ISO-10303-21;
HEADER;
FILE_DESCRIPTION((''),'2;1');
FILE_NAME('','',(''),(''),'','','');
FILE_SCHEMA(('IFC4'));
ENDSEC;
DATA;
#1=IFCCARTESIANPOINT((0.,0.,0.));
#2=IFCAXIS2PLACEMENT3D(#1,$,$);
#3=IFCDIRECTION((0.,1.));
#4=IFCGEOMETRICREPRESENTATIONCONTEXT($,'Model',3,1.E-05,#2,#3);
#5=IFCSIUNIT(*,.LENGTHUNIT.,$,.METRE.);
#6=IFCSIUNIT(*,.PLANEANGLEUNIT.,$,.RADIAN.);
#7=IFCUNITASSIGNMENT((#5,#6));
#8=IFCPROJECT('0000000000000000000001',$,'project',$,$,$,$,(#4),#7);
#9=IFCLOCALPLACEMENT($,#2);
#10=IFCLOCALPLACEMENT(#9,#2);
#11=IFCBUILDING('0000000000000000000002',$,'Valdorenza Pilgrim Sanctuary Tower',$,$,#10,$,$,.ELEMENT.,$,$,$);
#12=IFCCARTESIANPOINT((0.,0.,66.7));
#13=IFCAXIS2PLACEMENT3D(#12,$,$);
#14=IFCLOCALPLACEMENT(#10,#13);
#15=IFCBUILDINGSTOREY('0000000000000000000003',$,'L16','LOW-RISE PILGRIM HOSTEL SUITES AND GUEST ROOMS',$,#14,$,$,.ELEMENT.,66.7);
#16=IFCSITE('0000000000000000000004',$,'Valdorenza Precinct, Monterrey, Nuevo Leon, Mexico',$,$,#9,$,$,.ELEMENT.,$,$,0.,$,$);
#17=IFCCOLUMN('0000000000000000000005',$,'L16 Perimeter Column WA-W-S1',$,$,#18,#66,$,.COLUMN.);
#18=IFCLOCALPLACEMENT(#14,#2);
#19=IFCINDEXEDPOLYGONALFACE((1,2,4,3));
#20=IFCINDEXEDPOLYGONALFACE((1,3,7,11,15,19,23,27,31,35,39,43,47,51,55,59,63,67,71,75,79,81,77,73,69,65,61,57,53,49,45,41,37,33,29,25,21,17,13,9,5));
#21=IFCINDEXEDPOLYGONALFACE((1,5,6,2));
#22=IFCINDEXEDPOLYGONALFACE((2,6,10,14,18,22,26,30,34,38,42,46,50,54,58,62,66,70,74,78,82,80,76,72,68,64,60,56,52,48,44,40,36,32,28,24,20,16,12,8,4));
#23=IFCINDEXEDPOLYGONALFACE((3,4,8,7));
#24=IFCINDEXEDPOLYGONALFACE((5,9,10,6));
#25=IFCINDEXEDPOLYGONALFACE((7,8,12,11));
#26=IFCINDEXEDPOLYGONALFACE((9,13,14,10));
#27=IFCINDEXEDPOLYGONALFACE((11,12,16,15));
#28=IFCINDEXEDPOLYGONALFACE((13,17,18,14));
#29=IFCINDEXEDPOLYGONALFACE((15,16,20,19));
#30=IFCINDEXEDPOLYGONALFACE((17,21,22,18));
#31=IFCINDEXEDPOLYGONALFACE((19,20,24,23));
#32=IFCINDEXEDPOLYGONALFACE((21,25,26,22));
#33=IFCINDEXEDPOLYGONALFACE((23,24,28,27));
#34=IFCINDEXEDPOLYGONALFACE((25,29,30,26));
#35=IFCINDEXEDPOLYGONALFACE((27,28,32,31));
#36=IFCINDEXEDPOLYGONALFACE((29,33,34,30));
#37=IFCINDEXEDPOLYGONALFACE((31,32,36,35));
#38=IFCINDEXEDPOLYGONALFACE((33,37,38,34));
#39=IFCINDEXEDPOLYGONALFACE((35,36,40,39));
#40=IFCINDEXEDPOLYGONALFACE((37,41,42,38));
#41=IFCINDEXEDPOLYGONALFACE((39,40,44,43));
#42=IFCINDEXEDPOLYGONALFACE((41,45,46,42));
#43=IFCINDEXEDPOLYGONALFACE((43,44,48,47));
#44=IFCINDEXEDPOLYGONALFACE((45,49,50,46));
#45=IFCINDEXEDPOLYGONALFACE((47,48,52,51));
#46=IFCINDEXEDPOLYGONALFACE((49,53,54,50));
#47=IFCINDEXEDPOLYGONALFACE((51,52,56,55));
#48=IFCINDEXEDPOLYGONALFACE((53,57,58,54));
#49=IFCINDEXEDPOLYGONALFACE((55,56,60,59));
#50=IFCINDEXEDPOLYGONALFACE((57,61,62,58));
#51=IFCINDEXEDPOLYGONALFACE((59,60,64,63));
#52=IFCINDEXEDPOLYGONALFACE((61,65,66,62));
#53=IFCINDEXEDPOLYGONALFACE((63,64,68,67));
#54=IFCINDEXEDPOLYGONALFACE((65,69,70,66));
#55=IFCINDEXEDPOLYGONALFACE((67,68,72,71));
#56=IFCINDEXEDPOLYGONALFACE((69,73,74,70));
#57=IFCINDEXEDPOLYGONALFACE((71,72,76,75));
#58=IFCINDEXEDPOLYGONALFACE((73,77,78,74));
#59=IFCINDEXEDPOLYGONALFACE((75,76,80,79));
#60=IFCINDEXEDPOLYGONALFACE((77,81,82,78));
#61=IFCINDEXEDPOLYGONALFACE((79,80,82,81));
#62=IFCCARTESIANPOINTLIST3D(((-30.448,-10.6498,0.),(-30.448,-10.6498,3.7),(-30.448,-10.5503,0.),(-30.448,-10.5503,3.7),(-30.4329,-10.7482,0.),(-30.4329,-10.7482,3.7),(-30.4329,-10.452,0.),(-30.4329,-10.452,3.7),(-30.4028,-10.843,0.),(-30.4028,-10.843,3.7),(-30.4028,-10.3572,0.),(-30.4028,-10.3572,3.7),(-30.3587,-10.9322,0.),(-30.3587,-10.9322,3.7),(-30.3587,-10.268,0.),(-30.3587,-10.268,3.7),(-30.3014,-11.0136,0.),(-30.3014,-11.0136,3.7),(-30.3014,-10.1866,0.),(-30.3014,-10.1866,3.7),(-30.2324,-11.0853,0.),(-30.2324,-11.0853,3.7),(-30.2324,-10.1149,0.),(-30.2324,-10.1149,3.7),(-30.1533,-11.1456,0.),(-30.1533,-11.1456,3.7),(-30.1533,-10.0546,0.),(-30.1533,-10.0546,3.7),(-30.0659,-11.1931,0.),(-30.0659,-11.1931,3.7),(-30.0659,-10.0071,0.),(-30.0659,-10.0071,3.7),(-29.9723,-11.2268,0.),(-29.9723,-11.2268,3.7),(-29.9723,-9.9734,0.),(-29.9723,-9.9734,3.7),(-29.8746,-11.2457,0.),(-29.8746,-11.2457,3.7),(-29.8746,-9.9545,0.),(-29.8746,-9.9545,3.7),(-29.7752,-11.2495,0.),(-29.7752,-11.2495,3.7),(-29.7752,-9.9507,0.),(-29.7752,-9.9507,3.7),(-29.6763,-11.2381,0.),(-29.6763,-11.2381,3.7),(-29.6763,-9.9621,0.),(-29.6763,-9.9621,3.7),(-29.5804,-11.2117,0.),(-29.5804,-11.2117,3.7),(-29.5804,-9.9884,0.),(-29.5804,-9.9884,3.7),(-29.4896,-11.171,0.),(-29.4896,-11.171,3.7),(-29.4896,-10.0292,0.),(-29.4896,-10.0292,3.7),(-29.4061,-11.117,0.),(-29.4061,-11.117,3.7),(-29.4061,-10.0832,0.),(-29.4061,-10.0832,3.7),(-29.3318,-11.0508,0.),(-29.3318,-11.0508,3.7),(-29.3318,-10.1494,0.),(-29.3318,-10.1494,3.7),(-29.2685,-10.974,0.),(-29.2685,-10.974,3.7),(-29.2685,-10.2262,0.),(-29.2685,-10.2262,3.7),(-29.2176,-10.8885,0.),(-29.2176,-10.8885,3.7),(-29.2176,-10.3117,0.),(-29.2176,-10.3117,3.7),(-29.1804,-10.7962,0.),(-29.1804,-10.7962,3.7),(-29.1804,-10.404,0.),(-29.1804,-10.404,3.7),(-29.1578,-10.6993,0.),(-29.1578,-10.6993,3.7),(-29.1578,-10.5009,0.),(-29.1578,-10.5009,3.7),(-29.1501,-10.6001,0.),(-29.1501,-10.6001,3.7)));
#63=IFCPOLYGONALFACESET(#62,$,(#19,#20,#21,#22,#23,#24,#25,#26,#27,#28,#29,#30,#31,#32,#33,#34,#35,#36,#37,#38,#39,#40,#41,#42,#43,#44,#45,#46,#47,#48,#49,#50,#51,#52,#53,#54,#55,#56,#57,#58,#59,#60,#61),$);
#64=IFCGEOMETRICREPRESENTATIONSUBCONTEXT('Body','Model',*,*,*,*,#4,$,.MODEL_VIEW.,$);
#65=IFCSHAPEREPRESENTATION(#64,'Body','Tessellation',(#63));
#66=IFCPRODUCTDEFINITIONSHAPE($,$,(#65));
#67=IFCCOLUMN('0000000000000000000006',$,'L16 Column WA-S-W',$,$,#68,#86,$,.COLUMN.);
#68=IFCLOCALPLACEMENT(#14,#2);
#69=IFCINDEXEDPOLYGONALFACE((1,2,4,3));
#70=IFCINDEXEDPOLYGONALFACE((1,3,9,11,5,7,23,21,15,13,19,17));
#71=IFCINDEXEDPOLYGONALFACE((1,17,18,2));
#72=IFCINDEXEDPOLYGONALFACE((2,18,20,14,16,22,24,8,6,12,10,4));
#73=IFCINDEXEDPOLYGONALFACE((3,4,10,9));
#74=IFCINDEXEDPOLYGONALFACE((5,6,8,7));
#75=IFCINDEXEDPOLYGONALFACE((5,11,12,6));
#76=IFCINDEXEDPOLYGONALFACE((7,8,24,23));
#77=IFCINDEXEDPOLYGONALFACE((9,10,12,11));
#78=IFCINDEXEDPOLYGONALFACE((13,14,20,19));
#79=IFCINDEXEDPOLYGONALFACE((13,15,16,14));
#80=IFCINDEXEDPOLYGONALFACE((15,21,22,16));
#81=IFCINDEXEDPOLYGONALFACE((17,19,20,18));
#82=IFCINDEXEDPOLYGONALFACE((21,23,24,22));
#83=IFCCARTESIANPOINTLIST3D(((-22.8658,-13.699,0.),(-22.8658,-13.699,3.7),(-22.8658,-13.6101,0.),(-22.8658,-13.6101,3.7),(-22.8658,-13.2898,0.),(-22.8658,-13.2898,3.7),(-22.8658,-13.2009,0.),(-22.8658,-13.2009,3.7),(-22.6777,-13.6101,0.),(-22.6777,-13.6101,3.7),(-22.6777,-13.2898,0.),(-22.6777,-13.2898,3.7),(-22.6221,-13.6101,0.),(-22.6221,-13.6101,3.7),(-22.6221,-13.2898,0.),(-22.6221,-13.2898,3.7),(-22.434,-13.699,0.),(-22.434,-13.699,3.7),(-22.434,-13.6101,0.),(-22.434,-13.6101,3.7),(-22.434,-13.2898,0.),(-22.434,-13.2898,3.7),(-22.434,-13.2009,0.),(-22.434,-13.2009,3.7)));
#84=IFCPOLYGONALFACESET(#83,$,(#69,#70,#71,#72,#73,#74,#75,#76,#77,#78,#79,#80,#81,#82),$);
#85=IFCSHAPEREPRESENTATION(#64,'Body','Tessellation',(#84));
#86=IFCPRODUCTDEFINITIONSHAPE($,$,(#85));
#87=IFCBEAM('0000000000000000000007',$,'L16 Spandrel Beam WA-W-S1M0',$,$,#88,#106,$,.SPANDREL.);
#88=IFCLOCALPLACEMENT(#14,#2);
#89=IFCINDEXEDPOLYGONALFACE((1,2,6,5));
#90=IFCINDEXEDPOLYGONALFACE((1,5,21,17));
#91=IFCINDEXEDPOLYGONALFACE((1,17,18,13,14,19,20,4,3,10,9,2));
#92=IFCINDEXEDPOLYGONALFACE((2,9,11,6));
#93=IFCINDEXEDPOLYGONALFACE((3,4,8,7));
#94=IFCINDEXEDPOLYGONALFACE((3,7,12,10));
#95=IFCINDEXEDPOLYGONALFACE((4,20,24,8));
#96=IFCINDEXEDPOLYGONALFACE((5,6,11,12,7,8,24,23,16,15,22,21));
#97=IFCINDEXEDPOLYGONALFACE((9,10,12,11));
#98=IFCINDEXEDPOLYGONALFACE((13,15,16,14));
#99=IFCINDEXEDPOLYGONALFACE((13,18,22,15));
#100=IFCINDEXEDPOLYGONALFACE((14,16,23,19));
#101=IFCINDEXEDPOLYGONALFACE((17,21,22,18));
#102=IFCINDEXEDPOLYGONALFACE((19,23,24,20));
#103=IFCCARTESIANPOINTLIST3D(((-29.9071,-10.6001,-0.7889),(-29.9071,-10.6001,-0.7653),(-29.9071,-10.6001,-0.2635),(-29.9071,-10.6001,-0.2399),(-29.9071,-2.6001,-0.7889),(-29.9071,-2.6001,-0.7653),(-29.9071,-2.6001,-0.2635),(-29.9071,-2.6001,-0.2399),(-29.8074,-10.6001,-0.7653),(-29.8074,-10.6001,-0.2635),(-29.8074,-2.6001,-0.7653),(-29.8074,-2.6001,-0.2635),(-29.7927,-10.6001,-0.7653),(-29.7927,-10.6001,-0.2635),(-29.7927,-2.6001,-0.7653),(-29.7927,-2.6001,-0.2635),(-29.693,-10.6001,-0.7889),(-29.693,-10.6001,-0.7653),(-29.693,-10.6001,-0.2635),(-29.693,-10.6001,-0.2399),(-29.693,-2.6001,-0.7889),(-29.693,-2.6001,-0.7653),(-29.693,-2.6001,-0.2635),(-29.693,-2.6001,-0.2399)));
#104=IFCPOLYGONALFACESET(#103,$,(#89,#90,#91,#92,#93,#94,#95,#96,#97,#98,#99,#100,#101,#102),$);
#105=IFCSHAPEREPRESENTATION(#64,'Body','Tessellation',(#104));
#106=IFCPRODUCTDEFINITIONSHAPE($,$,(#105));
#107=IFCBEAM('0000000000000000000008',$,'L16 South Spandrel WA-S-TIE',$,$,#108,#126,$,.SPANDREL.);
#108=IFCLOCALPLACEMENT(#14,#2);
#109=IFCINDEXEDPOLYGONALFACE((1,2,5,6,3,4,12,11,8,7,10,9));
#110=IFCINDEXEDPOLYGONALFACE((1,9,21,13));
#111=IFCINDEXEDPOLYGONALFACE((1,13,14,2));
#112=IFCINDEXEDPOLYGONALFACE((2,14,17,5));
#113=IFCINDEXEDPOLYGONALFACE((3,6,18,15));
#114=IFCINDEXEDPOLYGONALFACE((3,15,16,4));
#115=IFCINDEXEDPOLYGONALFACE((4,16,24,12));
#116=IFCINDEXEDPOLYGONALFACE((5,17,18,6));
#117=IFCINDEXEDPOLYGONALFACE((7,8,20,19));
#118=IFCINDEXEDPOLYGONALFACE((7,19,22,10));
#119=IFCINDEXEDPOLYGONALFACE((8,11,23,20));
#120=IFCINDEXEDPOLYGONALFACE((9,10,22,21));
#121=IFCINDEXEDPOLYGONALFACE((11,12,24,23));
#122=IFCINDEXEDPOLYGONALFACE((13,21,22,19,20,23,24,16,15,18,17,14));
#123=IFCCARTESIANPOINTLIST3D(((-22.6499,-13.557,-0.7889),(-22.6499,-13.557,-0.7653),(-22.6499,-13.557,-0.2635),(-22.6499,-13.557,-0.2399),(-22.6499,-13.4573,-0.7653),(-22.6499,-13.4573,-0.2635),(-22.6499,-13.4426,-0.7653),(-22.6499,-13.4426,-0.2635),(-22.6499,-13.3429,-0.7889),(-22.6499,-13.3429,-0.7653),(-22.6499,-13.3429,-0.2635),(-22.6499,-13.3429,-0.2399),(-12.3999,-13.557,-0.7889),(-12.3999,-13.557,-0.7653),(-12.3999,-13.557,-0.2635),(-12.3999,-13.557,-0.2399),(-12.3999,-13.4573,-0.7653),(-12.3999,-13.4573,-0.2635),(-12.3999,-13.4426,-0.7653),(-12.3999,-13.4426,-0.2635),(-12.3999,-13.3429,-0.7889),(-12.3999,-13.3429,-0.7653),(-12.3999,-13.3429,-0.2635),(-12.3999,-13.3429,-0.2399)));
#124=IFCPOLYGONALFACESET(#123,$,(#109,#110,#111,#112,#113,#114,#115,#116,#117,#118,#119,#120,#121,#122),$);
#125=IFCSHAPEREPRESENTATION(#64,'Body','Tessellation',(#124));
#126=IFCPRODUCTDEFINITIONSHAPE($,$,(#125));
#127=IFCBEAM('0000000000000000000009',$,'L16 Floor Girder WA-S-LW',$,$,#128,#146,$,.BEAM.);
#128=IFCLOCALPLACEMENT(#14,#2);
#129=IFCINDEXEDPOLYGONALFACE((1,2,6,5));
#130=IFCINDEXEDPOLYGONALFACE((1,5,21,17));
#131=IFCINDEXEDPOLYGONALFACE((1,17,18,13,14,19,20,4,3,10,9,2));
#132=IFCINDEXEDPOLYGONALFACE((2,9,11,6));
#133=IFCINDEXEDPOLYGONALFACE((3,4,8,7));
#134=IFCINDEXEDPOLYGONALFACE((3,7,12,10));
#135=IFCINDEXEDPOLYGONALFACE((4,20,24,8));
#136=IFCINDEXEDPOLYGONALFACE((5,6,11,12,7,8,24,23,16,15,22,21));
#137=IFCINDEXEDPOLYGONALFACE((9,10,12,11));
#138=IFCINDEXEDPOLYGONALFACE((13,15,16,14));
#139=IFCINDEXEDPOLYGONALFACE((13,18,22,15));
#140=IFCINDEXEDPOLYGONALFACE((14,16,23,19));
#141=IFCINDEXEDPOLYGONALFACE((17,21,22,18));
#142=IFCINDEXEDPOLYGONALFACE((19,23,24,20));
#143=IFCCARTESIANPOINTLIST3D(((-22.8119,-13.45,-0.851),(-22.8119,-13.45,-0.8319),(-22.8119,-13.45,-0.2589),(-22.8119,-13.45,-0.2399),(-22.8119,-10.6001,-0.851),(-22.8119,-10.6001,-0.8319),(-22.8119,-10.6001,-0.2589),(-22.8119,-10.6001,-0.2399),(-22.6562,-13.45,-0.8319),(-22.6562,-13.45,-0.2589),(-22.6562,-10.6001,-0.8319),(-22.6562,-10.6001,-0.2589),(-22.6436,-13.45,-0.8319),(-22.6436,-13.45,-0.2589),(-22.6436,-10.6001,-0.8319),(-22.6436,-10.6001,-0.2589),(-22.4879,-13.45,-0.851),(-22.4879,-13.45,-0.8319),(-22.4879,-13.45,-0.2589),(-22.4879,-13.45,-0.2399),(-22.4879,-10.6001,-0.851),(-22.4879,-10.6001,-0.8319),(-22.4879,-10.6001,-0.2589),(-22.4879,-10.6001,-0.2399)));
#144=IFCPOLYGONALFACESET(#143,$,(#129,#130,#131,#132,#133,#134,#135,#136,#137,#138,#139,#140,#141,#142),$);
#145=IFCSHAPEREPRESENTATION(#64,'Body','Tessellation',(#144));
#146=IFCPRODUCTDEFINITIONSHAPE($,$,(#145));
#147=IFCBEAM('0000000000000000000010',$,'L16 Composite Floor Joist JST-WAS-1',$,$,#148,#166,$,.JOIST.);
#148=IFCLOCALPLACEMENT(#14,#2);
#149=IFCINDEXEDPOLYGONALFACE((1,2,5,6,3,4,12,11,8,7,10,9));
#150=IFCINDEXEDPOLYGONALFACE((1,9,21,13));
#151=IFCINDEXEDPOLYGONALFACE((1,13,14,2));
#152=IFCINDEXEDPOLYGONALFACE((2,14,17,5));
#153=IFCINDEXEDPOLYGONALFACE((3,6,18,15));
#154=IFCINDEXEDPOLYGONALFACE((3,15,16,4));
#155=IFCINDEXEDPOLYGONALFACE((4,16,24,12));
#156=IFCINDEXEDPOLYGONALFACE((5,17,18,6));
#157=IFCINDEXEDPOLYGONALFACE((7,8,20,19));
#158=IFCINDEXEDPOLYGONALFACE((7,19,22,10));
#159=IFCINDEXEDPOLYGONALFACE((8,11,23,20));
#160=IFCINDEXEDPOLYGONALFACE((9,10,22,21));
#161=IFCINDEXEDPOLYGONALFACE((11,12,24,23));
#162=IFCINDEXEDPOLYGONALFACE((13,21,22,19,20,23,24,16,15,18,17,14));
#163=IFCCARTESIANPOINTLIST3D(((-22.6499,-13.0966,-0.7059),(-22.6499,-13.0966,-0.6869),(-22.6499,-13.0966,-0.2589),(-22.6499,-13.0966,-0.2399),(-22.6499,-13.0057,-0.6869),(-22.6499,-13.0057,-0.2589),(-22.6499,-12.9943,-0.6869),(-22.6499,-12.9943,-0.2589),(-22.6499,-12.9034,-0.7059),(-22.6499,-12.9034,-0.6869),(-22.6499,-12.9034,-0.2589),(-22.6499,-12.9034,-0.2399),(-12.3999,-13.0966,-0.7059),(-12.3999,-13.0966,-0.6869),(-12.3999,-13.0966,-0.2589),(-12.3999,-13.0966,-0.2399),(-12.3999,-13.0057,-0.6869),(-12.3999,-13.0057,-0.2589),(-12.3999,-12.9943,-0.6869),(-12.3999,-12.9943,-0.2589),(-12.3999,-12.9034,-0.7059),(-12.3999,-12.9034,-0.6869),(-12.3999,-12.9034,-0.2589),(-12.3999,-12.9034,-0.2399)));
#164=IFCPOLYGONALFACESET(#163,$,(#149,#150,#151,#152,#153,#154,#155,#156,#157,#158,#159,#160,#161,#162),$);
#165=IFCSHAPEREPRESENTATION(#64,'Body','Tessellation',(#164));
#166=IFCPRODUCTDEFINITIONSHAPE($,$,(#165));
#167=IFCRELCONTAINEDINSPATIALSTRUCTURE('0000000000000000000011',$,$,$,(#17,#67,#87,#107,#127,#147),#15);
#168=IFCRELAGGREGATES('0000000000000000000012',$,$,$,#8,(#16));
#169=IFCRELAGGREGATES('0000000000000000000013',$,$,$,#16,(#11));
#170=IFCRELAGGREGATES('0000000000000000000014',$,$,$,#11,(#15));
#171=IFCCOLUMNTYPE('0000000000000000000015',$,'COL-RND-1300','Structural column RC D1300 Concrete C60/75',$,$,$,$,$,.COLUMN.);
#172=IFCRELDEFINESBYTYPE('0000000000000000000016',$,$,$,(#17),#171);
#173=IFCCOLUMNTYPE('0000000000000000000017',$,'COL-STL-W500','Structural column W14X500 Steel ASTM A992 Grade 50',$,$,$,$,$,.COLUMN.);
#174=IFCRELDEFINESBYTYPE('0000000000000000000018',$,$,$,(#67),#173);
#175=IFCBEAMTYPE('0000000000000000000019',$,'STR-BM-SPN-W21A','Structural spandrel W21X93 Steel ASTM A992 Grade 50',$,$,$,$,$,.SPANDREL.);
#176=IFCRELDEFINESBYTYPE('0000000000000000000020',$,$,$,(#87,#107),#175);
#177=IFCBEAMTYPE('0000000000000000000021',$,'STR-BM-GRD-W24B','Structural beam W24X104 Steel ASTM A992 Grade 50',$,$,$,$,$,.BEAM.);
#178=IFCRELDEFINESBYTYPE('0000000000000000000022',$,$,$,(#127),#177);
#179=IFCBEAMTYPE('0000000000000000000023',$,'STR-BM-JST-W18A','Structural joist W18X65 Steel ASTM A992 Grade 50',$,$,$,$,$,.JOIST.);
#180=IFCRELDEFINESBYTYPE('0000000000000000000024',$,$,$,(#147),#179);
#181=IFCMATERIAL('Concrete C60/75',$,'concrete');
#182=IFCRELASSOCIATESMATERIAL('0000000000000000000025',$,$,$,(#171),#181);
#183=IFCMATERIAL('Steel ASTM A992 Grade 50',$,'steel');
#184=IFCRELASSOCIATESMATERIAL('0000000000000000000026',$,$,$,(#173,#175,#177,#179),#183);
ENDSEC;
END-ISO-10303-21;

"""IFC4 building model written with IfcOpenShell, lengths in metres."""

from ifc_helpers import new_model, si_unit, direction, frame, origin, origin_2d, place, context, subcontext, project, spatial, circle, i_section, extrude, source, transform, mapped, material, material_profile, profile_set, type_object, element, save


model = new_model("IFC4")

# Units and contexts
model_context = context("Model", 3, precision=1e-05, world=origin(), true_north=direction((0.0, 1.0)))
body_context = subcontext(model_context, "Body", "Model", "MODEL_VIEW")
ifc_project = project(units=[si_unit("LENGTHUNIT", "METRE"), si_unit("PLANEANGLEUNIT", "RADIAN")], contexts=[model_context])

# Site, building, storey
site_placement = place(None, origin())
site = spatial("IfcSite", under=ifc_project, at=site_placement, Name="Valdorenza Precinct, Monterrey, Nuevo Leon, Mexico", CompositionType="ELEMENT", RefElevation=0.0)
building_placement = place(site_placement, origin())
building = spatial("IfcBuilding", under=site, at=building_placement, Name="Valdorenza Pilgrim Sanctuary Tower", CompositionType="ELEMENT")
storey_placement = place(building_placement, frame((0.0, 0.0, 66.7)))
storey = spatial("IfcBuildingStorey", under=building, at=storey_placement, Name="L16", Description="LOW-RISE PILGRIM HOSTEL SUITES AND GUEST ROOMS", CompositionType="ELEMENT", Elevation=66.7)

# Columns
ifc_material_1 = material(Name="Concrete C60/75", Category="concrete")
ifc_material_profile_1 = material_profile(ifc_material_1, circle(Radius=0.6499, at=origin_2d()), Name="RC D1300")
ifc_profile_set_1 = profile_set([ifc_material_profile_1], Name="Concrete C60/75")
column_type_1 = type_object("IfcColumnType", Name="COL-RND-1300", Description="Structural column RC D1300 Concrete C60/75", PredefinedType="COLUMN", material=ifc_profile_set_1)
shared_shape_1 = source(origin(), body_context, "Body", "SweptSolid", [
    extrude(circle(Radius=0.6499, at=origin_2d()), origin(), (0.0, 0.0, 1.0), 3.7),
])
column_1_placement = place(storey_placement, frame((-29.8, -10.6001, 0.0), z_axis=(0.0, 0.0, 1.0), x_axis=(1.0, 0.0, 0.0)))
element("IfcColumn", 1, at=column_1_placement, inside=storey, type_object=column_type_1, Name="L16 Perimeter Column WA-W-S1", PredefinedType="COLUMN", context=body_context, shape_type="MappedRepresentation", body=[
    mapped(shared_shape_1, transform((0.0, 0.0, 0.0), x_axis=(1.0, 0.0, 0.0), y_axis=(0.0, 1.0, 0.0), z_axis=(0.0, 0.0, 1.0), scale=1.0)),
])
ifc_material_2 = material(Name="Steel ASTM A992 Grade 50", Category="steel")
ifc_material_profile_2 = material_profile(ifc_material_2, i_section(OverallWidth=0.4319, OverallDepth=0.498, WebThickness=0.0557, FlangeThickness=0.0889, at=origin_2d()), Name="W14X500")
ifc_profile_set_2 = profile_set([ifc_material_profile_2], Name="Steel ASTM A992 Grade 50")
column_type_2 = type_object("IfcColumnType", Name="COL-STL-W500", Description="Structural column W14X500 Steel ASTM A992 Grade 50", PredefinedType="COLUMN", material=ifc_profile_set_2)
shared_shape_2 = source(origin(), body_context, "Body", "SweptSolid", [
    extrude(i_section(OverallWidth=0.4319, OverallDepth=0.498, WebThickness=0.0557, FlangeThickness=0.0889, at=origin_2d()), origin(), (0.0, 0.0, 1.0), 3.7),
])
column_2_placement = place(storey_placement, frame((-22.6499, -13.45, 0.0), z_axis=(0.0, 0.0, 1.0), x_axis=(1.0, 0.0, 0.0)))
element("IfcColumn", 2, at=column_2_placement, inside=storey, type_object=column_type_2, Name="L16 Column WA-S-W", PredefinedType="COLUMN", context=body_context, shape_type="MappedRepresentation", body=[
    mapped(shared_shape_2, transform((0.0, 0.0, 0.0), x_axis=(1.0, 0.0, 0.0), y_axis=(0.0, 1.0, 0.0), z_axis=(0.0, 0.0, 1.0), scale=1.0)),
])

# Beams
ifc_material_profile_3 = material_profile(ifc_material_2, i_section(OverallWidth=0.2141, OverallDepth=0.5491, WebThickness=0.0146, FlangeThickness=0.0237, at=origin_2d()), Name="W21X93")
ifc_profile_set_3 = profile_set([ifc_material_profile_3], Name="Steel ASTM A992 Grade 50")
beam_type_1 = type_object("IfcBeamType", Name="STR-BM-SPN-W21A", Description="Structural spandrel W21X93 Steel ASTM A992 Grade 50", PredefinedType="SPANDREL", material=ifc_profile_set_3)
shared_shape_3 = source(origin(), body_context, "Body", "SweptSolid", [
    extrude(i_section(OverallWidth=0.2141, OverallDepth=0.5491, WebThickness=0.0146, FlangeThickness=0.0237, at=origin_2d()), origin(), (0.0, 0.0, 1.0), 8.0),
])
beam_1_placement = place(storey_placement, frame((-29.8, -10.6001, -0.5144), z_axis=(0.0, 1.0, 0.0), x_axis=(-1.0, 0.0, 0.0)))
element("IfcBeam", 3, at=beam_1_placement, inside=storey, type_object=beam_type_1, Name="L16 Spandrel Beam WA-W-S1M0", PredefinedType="SPANDREL", context=body_context, shape_type="MappedRepresentation", body=[
    mapped(shared_shape_3, transform((0.0, 0.0, 0.0), x_axis=(1.0, 0.0, 0.0), y_axis=(0.0, 1.0, 0.0), z_axis=(0.0, 0.0, 1.0), scale=1.0)),
])
shared_shape_4 = source(origin(), body_context, "Body", "SweptSolid", [
    extrude(i_section(OverallWidth=0.2141, OverallDepth=0.5491, WebThickness=0.0146, FlangeThickness=0.0237, at=origin_2d()), origin(), (0.0, 0.0, 1.0), 10.25),
])
beam_2_placement = place(storey_placement, frame((-22.6499, -13.45, -0.5144), z_axis=(1.0, 0.0, 0.0), x_axis=(0.0, 1.0, 0.0)))
element("IfcBeam", 4, at=beam_2_placement, inside=storey, type_object=beam_type_1, Name="L16 South Spandrel WA-S-TIE", PredefinedType="SPANDREL", context=body_context, shape_type="MappedRepresentation", body=[
    mapped(shared_shape_4, transform((0.0, 0.0, 0.0), x_axis=(1.0, 0.0, 0.0), y_axis=(0.0, 1.0, 0.0), z_axis=(0.0, 0.0, 1.0), scale=1.0)),
])
ifc_material_profile_4 = material_profile(ifc_material_2, i_section(OverallWidth=0.324, OverallDepth=0.6111, WebThickness=0.0127, FlangeThickness=0.019, at=origin_2d()), Name="W24X104")
ifc_profile_set_4 = profile_set([ifc_material_profile_4], Name="Steel ASTM A992 Grade 50")
beam_type_2 = type_object("IfcBeamType", Name="STR-BM-GRD-W24B", Description="Structural beam W24X104 Steel ASTM A992 Grade 50", PredefinedType="BEAM", material=ifc_profile_set_4)
shared_shape_5 = source(origin(), body_context, "Body", "SweptSolid", [
    extrude(i_section(OverallWidth=0.324, OverallDepth=0.6111, WebThickness=0.0127, FlangeThickness=0.019, at=origin_2d()), origin(), (0.0, 0.0, 1.0), 2.8499),
])
beam_3_placement = place(storey_placement, frame((-22.6499, -13.45, -0.5454), z_axis=(0.0, 1.0, 0.0), x_axis=(-1.0, 0.0, 0.0)))
element("IfcBeam", 5, at=beam_3_placement, inside=storey, type_object=beam_type_2, Name="L16 Floor Girder WA-S-LW", PredefinedType="BEAM", context=body_context, shape_type="MappedRepresentation", body=[
    mapped(shared_shape_5, transform((0.0, 0.0, 0.0), x_axis=(1.0, 0.0, 0.0), y_axis=(0.0, 1.0, 0.0), z_axis=(0.0, 0.0, 1.0), scale=1.0)),
])
ifc_material_profile_5 = material_profile(ifc_material_2, i_section(OverallWidth=0.1931, OverallDepth=0.4661, WebThickness=0.0115, FlangeThickness=0.019, at=origin_2d()), Name="W18X65")
ifc_profile_set_5 = profile_set([ifc_material_profile_5], Name="Steel ASTM A992 Grade 50")
beam_type_3 = type_object("IfcBeamType", Name="STR-BM-JST-W18A", Description="Structural joist W18X65 Steel ASTM A992 Grade 50", PredefinedType="JOIST", material=ifc_profile_set_5)
shared_shape_6 = source(origin(), body_context, "Body", "SweptSolid", [
    extrude(i_section(OverallWidth=0.1931, OverallDepth=0.4661, WebThickness=0.0115, FlangeThickness=0.019, at=origin_2d()), origin(), (0.0, 0.0, 1.0), 10.25),
])
for number, where, z_axis, x_axis, name in (
    (6, (-22.6499, -13.0, -0.4729), (1.0, 0.0, 0.0), (0.0, 1.0, 0.0), "L16 Composite Floor Joist JST-WAS-1"),
):
    element("IfcBeam", number, at=place(storey_placement, frame(where, z_axis=z_axis, x_axis=x_axis)), inside=storey, type_object=beam_type_3, Name=name, PredefinedType="JOIST", context=body_context, shape_type="MappedRepresentation", body=[
        mapped(shared_shape_6, transform((0.0, 0.0, 0.0), x_axis=(1.0, 0.0, 0.0), y_axis=(0.0, 1.0, 0.0), z_axis=(0.0, 0.0, 1.0), scale=1.0)),
    ])

save(model, "model.ifc")
